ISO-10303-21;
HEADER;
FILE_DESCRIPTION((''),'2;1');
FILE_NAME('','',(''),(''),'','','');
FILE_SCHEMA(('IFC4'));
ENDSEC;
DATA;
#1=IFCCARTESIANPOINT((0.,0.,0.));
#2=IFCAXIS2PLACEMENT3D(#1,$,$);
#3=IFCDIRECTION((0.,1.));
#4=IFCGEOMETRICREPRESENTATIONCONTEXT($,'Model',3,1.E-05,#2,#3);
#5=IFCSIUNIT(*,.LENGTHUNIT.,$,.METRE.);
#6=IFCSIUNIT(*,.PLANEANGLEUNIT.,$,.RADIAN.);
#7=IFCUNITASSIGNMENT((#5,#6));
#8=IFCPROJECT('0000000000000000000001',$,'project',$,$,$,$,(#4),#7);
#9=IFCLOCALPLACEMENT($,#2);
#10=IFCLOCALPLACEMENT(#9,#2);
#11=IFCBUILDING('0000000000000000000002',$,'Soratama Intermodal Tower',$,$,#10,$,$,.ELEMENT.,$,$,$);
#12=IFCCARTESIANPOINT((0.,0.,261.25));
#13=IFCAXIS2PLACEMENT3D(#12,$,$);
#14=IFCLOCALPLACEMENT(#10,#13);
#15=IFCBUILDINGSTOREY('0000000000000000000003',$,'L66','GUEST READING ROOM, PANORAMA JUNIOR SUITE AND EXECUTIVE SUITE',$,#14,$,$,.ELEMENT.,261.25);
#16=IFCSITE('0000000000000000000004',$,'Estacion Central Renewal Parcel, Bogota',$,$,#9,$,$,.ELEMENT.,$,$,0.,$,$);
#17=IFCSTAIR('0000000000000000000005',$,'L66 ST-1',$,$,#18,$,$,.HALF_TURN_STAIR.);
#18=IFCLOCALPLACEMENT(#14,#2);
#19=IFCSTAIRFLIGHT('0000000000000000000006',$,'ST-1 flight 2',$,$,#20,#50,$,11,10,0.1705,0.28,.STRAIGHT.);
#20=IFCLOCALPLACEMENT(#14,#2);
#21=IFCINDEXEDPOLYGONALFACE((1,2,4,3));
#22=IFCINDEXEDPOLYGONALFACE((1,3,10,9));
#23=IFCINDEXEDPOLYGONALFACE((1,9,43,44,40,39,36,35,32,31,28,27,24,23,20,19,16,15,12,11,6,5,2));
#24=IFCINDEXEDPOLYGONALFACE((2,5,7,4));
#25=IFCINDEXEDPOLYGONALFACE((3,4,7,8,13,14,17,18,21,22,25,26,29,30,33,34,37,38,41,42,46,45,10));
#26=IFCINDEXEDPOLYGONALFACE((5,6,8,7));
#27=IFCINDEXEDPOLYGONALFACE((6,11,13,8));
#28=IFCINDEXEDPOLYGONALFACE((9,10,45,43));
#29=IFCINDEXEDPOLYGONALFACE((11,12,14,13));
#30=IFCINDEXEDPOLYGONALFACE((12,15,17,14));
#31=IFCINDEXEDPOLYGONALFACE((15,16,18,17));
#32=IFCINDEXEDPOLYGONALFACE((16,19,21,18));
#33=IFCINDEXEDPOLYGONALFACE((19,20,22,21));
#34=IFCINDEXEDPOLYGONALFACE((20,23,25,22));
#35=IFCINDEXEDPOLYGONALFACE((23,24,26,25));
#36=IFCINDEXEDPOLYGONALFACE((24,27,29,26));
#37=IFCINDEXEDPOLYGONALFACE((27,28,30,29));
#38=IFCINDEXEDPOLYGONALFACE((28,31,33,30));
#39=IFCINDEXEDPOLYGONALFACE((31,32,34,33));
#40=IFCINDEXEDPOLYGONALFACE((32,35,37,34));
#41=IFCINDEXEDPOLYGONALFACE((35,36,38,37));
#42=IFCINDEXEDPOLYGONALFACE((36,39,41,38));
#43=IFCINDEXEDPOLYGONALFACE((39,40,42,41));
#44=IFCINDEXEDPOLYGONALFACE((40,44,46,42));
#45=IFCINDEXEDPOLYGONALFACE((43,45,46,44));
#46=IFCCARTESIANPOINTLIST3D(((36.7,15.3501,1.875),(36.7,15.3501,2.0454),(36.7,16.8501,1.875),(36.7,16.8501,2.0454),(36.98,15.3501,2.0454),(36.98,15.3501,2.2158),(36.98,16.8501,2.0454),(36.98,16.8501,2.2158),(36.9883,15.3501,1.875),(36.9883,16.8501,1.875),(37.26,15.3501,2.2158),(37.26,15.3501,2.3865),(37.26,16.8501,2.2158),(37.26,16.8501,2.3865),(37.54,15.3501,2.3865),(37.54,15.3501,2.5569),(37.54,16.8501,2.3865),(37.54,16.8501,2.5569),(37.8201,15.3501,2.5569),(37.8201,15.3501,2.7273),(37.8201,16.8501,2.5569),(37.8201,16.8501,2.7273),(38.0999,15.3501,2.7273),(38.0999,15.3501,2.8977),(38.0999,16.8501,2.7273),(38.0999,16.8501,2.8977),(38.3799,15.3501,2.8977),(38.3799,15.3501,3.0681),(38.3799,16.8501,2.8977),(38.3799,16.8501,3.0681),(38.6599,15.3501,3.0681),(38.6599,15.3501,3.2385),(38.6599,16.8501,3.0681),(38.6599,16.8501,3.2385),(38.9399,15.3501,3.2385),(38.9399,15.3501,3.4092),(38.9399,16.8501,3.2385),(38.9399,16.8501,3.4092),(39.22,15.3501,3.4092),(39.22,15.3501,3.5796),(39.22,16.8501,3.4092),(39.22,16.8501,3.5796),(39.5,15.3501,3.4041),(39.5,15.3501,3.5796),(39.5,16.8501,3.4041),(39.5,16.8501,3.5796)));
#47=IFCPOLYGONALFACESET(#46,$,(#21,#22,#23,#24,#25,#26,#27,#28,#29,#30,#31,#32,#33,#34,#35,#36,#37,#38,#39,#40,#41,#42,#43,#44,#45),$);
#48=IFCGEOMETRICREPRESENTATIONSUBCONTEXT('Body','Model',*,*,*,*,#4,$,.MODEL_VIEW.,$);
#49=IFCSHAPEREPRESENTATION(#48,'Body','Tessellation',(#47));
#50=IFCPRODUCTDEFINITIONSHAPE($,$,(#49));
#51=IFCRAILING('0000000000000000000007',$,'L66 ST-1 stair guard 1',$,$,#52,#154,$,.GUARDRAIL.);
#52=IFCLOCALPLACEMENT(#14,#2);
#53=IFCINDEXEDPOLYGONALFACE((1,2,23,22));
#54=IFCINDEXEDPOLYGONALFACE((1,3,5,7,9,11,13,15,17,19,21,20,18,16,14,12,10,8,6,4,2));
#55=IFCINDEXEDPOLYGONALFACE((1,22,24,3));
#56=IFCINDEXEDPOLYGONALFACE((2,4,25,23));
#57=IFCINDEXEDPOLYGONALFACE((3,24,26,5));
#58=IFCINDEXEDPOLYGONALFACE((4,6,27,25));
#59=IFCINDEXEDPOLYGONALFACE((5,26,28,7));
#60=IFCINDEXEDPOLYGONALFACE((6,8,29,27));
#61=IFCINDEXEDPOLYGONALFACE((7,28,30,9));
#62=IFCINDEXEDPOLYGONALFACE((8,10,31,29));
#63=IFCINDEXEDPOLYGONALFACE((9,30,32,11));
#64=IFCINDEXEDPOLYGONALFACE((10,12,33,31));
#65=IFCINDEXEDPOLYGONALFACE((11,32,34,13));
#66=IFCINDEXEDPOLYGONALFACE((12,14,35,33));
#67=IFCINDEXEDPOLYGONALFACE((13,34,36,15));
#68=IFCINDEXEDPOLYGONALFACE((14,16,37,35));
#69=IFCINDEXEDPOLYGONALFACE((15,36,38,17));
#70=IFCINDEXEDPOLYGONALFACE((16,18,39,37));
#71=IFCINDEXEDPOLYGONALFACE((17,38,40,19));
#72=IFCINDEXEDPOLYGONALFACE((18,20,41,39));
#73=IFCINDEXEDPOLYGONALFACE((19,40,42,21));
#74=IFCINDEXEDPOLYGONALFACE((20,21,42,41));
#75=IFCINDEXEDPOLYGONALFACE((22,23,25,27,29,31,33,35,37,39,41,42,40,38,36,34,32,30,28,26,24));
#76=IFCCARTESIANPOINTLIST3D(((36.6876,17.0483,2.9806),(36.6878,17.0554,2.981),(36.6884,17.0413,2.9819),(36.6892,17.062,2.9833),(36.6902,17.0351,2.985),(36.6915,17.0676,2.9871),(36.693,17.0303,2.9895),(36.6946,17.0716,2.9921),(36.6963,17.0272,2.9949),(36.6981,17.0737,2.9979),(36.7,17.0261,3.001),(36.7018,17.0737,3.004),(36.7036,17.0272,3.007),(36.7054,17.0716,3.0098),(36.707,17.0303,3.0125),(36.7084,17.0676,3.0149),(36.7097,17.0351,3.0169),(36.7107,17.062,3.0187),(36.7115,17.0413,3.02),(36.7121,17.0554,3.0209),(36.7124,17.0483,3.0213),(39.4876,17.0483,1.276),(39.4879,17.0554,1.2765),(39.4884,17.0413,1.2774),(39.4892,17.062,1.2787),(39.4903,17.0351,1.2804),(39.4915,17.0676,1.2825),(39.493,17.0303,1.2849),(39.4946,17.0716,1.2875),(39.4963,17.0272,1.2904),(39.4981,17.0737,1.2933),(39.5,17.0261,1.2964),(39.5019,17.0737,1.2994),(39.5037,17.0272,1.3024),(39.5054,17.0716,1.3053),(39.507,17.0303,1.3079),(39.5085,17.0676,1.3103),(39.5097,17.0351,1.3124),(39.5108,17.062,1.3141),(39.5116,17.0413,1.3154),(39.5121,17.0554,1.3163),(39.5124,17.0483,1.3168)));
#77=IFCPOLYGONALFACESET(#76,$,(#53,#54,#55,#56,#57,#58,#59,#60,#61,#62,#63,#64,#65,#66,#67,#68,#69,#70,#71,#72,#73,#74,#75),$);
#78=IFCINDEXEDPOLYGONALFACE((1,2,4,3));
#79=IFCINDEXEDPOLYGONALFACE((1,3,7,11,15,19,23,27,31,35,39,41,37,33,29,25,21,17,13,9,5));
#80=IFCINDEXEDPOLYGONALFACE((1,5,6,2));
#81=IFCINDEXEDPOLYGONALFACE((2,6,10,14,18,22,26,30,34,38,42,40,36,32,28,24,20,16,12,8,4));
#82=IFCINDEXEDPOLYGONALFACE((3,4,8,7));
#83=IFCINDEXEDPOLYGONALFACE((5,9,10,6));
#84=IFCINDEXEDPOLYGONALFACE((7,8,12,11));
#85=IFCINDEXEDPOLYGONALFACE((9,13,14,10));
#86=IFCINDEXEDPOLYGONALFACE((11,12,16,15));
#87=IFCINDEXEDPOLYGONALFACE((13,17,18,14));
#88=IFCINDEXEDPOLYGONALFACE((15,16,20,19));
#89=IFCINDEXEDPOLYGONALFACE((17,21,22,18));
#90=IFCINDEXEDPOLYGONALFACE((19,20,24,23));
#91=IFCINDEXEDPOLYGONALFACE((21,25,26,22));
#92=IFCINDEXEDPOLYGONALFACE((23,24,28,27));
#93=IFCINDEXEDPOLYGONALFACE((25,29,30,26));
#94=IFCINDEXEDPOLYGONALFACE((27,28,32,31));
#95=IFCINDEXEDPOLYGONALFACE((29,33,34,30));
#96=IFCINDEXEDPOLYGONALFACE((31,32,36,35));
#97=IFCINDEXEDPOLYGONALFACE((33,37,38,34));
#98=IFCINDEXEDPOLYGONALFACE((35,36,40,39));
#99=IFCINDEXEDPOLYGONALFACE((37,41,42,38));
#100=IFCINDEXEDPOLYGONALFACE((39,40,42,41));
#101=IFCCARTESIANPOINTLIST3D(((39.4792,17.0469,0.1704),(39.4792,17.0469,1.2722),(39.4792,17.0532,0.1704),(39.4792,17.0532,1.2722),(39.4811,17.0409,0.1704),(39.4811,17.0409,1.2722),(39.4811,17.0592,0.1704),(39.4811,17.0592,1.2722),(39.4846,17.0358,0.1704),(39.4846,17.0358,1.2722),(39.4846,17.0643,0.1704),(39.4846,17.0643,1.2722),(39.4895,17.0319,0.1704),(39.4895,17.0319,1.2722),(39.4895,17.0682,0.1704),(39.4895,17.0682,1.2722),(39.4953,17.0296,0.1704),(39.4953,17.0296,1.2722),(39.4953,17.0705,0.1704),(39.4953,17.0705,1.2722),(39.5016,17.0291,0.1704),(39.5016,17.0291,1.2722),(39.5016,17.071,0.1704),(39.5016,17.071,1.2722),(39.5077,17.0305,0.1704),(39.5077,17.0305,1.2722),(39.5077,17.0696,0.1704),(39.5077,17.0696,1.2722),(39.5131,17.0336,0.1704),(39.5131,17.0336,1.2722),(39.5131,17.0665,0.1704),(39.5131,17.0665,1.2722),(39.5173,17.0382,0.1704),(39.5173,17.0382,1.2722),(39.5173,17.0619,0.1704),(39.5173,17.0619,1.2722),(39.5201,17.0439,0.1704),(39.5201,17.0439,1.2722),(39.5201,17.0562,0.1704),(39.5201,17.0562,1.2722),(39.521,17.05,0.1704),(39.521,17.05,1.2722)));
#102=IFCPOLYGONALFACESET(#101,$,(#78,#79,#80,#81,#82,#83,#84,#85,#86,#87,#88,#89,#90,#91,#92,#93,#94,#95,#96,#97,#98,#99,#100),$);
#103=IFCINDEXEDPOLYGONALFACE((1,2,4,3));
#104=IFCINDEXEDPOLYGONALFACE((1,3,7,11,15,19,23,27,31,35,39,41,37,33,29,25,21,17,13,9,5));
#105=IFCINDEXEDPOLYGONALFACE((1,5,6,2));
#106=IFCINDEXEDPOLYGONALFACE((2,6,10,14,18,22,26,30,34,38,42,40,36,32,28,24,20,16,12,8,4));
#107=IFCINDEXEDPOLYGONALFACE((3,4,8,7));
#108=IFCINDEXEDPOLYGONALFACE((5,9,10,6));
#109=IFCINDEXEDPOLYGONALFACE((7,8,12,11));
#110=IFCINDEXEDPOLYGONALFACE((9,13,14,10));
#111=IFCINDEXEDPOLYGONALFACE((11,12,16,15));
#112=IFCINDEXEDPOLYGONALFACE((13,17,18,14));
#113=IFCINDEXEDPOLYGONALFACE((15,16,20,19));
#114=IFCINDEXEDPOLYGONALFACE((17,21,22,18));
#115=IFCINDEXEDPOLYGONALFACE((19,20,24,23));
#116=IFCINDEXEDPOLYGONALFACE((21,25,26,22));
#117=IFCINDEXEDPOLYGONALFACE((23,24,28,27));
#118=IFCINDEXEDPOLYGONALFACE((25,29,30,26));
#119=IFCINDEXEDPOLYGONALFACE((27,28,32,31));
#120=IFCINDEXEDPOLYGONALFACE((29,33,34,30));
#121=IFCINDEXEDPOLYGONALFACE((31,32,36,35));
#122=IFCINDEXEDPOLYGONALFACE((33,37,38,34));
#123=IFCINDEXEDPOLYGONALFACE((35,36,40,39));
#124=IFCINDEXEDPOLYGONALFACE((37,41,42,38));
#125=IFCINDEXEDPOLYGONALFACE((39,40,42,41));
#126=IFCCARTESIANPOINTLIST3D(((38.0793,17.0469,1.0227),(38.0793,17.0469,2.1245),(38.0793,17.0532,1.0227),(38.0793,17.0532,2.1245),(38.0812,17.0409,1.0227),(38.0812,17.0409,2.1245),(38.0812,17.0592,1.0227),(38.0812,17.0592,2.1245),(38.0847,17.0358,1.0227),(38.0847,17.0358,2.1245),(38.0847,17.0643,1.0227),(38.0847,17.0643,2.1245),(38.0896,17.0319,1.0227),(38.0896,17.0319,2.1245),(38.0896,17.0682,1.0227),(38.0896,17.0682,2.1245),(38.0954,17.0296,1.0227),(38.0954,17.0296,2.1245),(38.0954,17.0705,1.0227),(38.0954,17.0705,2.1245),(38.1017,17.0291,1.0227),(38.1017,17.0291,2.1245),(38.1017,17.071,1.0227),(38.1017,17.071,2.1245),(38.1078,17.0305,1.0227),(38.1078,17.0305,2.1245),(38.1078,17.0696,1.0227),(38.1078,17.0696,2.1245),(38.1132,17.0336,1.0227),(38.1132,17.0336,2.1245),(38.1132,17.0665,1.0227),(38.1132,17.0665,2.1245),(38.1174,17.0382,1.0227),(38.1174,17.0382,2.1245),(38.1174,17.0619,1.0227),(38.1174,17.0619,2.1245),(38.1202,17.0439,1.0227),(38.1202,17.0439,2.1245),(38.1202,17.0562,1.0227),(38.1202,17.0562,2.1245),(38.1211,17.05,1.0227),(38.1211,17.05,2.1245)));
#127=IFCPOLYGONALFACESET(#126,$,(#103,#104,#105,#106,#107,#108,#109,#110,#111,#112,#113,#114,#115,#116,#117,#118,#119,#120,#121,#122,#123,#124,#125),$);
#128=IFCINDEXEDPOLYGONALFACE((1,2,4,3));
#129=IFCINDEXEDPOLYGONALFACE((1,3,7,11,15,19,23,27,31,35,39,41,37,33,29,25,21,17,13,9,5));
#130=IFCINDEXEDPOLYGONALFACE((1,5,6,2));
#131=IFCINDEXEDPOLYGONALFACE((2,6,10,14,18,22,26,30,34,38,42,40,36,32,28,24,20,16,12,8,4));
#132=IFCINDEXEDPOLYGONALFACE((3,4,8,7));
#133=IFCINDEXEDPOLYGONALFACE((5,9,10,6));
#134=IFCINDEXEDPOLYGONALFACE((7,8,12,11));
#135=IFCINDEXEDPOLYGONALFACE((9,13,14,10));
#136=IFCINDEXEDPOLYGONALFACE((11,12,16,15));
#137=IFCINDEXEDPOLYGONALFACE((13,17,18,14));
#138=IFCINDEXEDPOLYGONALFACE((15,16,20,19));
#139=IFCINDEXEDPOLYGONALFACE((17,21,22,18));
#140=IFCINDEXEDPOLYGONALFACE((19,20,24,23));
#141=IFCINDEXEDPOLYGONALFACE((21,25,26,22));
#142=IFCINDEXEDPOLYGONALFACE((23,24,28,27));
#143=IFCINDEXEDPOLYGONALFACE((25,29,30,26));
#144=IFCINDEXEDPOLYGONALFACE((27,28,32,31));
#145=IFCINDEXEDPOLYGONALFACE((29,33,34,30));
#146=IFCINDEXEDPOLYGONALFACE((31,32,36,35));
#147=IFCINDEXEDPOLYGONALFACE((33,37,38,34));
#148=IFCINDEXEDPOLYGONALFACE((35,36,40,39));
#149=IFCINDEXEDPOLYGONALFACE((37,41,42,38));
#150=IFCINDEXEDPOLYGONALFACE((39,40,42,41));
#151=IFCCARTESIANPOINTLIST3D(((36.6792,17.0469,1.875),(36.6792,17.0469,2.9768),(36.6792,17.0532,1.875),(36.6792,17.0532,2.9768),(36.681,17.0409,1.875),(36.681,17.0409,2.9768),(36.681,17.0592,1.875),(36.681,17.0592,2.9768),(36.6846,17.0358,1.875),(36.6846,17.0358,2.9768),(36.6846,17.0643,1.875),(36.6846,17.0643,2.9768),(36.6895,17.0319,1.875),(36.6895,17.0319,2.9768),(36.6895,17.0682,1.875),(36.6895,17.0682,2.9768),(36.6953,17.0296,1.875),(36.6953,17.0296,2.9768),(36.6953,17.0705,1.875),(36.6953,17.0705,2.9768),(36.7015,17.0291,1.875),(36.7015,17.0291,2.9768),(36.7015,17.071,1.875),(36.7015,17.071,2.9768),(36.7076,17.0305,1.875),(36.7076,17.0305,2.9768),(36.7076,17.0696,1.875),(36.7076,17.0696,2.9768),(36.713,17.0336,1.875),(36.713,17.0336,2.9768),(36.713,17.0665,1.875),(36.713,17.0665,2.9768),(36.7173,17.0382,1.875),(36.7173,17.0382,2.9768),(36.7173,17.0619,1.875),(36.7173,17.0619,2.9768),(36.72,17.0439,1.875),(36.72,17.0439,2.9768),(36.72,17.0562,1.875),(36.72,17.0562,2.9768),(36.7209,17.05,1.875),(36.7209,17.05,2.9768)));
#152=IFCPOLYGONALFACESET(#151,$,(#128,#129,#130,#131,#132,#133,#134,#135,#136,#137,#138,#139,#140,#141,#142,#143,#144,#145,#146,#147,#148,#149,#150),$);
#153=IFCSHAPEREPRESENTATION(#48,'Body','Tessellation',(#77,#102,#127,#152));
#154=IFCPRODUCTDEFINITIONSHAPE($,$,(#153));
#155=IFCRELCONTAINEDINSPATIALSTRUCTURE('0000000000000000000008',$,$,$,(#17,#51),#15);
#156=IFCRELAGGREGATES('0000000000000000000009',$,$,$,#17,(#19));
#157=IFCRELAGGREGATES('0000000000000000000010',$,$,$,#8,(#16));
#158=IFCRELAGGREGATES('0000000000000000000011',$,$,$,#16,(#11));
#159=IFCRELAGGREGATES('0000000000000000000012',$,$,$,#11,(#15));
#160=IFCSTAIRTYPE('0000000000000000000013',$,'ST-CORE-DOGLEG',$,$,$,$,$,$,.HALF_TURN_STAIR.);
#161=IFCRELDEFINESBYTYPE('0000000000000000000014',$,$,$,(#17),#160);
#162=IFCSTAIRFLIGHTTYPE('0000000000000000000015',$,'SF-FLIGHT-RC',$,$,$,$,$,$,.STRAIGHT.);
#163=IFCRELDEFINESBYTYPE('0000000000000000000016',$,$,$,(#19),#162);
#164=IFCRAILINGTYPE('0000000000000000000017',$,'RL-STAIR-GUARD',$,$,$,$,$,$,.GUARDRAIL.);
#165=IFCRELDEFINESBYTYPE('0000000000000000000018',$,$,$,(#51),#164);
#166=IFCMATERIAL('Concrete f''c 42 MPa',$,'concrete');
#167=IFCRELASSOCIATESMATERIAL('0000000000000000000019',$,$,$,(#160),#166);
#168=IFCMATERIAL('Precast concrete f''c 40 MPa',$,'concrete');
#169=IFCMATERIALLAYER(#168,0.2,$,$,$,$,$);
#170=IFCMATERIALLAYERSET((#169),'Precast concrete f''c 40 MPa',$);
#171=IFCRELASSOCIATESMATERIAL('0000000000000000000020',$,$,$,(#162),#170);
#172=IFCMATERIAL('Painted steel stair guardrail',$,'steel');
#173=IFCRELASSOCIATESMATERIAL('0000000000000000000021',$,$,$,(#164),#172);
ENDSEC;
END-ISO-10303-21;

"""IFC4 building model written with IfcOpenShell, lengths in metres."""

from ifc_helpers import new_model, si_unit, direction, frame, origin, origin_2d, place, context, subcontext, project, spatial, polyline, circle, outline, extrude, material, layer, layer_set, type_object, element, aggregate, save


model = new_model("IFC4")

# Units and contexts
model_context = context("Model", 3, precision=1e-05, world=origin(), true_north=direction((0.0, 1.0)))
body_context = subcontext(model_context, "Body", "Model", "MODEL_VIEW")
ifc_project = project(units=[si_unit("LENGTHUNIT", "METRE"), si_unit("PLANEANGLEUNIT", "RADIAN")], contexts=[model_context])

# Site, building, storey
site_placement = place(None, origin())
site = spatial("IfcSite", under=ifc_project, at=site_placement, Name="Estacion Central Renewal Parcel, Bogota", CompositionType="ELEMENT", RefElevation=0.0)
building_placement = place(site_placement, origin())
building = spatial("IfcBuilding", under=site, at=building_placement, Name="Soratama Intermodal Tower", CompositionType="ELEMENT")
storey_placement = place(building_placement, frame((0.0, 0.0, 261.25)))
storey = spatial("IfcBuildingStorey", under=building, at=storey_placement, Name="L66", Description="GUEST READING ROOM, PANORAMA JUNIOR SUITE AND EXECUTIVE SUITE", CompositionType="ELEMENT", Elevation=261.25)

# Stair, stair flight
ifc_material_1 = material(Name="Concrete f'c 42 MPa", Category="concrete")
stair_type = type_object("IfcStairType", Name="ST-CORE-DOGLEG", PredefinedType="HALF_TURN_STAIR", material=ifc_material_1)
stair_placement = place(storey_placement, origin())
stair = element("IfcStair", 1, at=stair_placement, inside=storey, type_object=stair_type, Name="L66 ST-1", PredefinedType="HALF_TURN_STAIR")
ifc_material_2 = material(Name="Precast concrete f'c 40 MPa", Category="concrete")
ifc_layer_1 = layer(ifc_material_2, 0.2)
ifc_layer_set_1 = layer_set([ifc_layer_1], Name="Precast concrete f'c 40 MPa")
stair_flight_type = type_object("IfcStairFlightType", Name="SF-FLIGHT-RC", PredefinedType="STRAIGHT", material=ifc_layer_set_1)
stair_flight_1_placement = place(storey_placement, frame((36.7, 16.1001, 1.875), z_axis=(0.0, 0.0, 1.0), x_axis=(1.0, 0.0, 0.0)))
stair_flight_1 = element("IfcStairFlight", 2, at=stair_flight_1_placement, type_object=stair_flight_type, Name="ST-1 flight 2", NumberOfRisers=11, NumberOfTreads=10, PredefinedType="STRAIGHT", RiserHeight=0.1705, TreadLength=0.28, context=body_context, shape_type="SweptSolid", body=[
    extrude(outline(polyline([(0.0, 0.0), (0.0, 0.1704), (0.28, 0.1704), (0.28, 0.3408), (0.5601, 0.3408), (0.5601, 0.5115), (0.8401, 0.5115), (0.8401, 0.6819), (1.1201, 0.6819), (1.1201, 0.8523), (1.3999, 0.8523), (1.3999, 1.0227), (1.6799, 1.0227), (1.6799, 1.1931), (1.96, 1.1931), (1.96, 1.3635), (2.24, 1.3635), (2.24, 1.5342), (2.52, 1.5342), (2.52, 1.7046), (2.8, 1.7046), (2.8, 1.875), (2.8, 1.5291), (0.2883, 0.0), (0.0, 0.0)])), frame((0.0, 0.75, 0.0), z_axis=(0.0, -1.0, 0.0), x_axis=(1.0, 0.0, 0.0)), (0.0, 0.0, 1.0), 1.5),
])
aggregate(stair, [stair_flight_1])

# Railing
ifc_material_3 = material(Name="Painted steel stair guardrail", Category="steel")
railing_type_1 = type_object("IfcRailingType", Name="RL-STAIR-GUARD", PredefinedType="GUARDRAIL", material=ifc_material_3)
railing_1_placement = place(storey_placement, frame((39.5, 17.05, 0.1704)))
element("IfcRailing", 3, at=railing_1_placement, inside=storey, type_object=railing_type_1, Name="L66 ST-1 stair guard 1", PredefinedType="GUARDRAIL", context=body_context, shape_type="SweptSolid", body=[
    extrude(circle(Radius=0.0239, at=origin_2d()), frame((0.0, 0.0, 1.126), z_axis=(-0.85417, 0.0, 0.519994), x_axis=(0.0, -1.0, 0.0)), (0.0, 0.0, 1.0), 3.2781),
    extrude(circle(Radius=0.021, at=origin_2d()), origin(), (0.0, 0.0, 1.0), 1.1018),
    extrude(circle(Radius=0.021, at=origin_2d()), frame((-1.3999, 0.0, 0.8523)), (0.0, 0.0, 1.0), 1.1018),
    extrude(circle(Radius=0.021, at=origin_2d()), frame((-2.8, 0.0, 1.7046)), (0.0, 0.0, 1.0), 1.1018),
])

save(model, "model.ifc")
